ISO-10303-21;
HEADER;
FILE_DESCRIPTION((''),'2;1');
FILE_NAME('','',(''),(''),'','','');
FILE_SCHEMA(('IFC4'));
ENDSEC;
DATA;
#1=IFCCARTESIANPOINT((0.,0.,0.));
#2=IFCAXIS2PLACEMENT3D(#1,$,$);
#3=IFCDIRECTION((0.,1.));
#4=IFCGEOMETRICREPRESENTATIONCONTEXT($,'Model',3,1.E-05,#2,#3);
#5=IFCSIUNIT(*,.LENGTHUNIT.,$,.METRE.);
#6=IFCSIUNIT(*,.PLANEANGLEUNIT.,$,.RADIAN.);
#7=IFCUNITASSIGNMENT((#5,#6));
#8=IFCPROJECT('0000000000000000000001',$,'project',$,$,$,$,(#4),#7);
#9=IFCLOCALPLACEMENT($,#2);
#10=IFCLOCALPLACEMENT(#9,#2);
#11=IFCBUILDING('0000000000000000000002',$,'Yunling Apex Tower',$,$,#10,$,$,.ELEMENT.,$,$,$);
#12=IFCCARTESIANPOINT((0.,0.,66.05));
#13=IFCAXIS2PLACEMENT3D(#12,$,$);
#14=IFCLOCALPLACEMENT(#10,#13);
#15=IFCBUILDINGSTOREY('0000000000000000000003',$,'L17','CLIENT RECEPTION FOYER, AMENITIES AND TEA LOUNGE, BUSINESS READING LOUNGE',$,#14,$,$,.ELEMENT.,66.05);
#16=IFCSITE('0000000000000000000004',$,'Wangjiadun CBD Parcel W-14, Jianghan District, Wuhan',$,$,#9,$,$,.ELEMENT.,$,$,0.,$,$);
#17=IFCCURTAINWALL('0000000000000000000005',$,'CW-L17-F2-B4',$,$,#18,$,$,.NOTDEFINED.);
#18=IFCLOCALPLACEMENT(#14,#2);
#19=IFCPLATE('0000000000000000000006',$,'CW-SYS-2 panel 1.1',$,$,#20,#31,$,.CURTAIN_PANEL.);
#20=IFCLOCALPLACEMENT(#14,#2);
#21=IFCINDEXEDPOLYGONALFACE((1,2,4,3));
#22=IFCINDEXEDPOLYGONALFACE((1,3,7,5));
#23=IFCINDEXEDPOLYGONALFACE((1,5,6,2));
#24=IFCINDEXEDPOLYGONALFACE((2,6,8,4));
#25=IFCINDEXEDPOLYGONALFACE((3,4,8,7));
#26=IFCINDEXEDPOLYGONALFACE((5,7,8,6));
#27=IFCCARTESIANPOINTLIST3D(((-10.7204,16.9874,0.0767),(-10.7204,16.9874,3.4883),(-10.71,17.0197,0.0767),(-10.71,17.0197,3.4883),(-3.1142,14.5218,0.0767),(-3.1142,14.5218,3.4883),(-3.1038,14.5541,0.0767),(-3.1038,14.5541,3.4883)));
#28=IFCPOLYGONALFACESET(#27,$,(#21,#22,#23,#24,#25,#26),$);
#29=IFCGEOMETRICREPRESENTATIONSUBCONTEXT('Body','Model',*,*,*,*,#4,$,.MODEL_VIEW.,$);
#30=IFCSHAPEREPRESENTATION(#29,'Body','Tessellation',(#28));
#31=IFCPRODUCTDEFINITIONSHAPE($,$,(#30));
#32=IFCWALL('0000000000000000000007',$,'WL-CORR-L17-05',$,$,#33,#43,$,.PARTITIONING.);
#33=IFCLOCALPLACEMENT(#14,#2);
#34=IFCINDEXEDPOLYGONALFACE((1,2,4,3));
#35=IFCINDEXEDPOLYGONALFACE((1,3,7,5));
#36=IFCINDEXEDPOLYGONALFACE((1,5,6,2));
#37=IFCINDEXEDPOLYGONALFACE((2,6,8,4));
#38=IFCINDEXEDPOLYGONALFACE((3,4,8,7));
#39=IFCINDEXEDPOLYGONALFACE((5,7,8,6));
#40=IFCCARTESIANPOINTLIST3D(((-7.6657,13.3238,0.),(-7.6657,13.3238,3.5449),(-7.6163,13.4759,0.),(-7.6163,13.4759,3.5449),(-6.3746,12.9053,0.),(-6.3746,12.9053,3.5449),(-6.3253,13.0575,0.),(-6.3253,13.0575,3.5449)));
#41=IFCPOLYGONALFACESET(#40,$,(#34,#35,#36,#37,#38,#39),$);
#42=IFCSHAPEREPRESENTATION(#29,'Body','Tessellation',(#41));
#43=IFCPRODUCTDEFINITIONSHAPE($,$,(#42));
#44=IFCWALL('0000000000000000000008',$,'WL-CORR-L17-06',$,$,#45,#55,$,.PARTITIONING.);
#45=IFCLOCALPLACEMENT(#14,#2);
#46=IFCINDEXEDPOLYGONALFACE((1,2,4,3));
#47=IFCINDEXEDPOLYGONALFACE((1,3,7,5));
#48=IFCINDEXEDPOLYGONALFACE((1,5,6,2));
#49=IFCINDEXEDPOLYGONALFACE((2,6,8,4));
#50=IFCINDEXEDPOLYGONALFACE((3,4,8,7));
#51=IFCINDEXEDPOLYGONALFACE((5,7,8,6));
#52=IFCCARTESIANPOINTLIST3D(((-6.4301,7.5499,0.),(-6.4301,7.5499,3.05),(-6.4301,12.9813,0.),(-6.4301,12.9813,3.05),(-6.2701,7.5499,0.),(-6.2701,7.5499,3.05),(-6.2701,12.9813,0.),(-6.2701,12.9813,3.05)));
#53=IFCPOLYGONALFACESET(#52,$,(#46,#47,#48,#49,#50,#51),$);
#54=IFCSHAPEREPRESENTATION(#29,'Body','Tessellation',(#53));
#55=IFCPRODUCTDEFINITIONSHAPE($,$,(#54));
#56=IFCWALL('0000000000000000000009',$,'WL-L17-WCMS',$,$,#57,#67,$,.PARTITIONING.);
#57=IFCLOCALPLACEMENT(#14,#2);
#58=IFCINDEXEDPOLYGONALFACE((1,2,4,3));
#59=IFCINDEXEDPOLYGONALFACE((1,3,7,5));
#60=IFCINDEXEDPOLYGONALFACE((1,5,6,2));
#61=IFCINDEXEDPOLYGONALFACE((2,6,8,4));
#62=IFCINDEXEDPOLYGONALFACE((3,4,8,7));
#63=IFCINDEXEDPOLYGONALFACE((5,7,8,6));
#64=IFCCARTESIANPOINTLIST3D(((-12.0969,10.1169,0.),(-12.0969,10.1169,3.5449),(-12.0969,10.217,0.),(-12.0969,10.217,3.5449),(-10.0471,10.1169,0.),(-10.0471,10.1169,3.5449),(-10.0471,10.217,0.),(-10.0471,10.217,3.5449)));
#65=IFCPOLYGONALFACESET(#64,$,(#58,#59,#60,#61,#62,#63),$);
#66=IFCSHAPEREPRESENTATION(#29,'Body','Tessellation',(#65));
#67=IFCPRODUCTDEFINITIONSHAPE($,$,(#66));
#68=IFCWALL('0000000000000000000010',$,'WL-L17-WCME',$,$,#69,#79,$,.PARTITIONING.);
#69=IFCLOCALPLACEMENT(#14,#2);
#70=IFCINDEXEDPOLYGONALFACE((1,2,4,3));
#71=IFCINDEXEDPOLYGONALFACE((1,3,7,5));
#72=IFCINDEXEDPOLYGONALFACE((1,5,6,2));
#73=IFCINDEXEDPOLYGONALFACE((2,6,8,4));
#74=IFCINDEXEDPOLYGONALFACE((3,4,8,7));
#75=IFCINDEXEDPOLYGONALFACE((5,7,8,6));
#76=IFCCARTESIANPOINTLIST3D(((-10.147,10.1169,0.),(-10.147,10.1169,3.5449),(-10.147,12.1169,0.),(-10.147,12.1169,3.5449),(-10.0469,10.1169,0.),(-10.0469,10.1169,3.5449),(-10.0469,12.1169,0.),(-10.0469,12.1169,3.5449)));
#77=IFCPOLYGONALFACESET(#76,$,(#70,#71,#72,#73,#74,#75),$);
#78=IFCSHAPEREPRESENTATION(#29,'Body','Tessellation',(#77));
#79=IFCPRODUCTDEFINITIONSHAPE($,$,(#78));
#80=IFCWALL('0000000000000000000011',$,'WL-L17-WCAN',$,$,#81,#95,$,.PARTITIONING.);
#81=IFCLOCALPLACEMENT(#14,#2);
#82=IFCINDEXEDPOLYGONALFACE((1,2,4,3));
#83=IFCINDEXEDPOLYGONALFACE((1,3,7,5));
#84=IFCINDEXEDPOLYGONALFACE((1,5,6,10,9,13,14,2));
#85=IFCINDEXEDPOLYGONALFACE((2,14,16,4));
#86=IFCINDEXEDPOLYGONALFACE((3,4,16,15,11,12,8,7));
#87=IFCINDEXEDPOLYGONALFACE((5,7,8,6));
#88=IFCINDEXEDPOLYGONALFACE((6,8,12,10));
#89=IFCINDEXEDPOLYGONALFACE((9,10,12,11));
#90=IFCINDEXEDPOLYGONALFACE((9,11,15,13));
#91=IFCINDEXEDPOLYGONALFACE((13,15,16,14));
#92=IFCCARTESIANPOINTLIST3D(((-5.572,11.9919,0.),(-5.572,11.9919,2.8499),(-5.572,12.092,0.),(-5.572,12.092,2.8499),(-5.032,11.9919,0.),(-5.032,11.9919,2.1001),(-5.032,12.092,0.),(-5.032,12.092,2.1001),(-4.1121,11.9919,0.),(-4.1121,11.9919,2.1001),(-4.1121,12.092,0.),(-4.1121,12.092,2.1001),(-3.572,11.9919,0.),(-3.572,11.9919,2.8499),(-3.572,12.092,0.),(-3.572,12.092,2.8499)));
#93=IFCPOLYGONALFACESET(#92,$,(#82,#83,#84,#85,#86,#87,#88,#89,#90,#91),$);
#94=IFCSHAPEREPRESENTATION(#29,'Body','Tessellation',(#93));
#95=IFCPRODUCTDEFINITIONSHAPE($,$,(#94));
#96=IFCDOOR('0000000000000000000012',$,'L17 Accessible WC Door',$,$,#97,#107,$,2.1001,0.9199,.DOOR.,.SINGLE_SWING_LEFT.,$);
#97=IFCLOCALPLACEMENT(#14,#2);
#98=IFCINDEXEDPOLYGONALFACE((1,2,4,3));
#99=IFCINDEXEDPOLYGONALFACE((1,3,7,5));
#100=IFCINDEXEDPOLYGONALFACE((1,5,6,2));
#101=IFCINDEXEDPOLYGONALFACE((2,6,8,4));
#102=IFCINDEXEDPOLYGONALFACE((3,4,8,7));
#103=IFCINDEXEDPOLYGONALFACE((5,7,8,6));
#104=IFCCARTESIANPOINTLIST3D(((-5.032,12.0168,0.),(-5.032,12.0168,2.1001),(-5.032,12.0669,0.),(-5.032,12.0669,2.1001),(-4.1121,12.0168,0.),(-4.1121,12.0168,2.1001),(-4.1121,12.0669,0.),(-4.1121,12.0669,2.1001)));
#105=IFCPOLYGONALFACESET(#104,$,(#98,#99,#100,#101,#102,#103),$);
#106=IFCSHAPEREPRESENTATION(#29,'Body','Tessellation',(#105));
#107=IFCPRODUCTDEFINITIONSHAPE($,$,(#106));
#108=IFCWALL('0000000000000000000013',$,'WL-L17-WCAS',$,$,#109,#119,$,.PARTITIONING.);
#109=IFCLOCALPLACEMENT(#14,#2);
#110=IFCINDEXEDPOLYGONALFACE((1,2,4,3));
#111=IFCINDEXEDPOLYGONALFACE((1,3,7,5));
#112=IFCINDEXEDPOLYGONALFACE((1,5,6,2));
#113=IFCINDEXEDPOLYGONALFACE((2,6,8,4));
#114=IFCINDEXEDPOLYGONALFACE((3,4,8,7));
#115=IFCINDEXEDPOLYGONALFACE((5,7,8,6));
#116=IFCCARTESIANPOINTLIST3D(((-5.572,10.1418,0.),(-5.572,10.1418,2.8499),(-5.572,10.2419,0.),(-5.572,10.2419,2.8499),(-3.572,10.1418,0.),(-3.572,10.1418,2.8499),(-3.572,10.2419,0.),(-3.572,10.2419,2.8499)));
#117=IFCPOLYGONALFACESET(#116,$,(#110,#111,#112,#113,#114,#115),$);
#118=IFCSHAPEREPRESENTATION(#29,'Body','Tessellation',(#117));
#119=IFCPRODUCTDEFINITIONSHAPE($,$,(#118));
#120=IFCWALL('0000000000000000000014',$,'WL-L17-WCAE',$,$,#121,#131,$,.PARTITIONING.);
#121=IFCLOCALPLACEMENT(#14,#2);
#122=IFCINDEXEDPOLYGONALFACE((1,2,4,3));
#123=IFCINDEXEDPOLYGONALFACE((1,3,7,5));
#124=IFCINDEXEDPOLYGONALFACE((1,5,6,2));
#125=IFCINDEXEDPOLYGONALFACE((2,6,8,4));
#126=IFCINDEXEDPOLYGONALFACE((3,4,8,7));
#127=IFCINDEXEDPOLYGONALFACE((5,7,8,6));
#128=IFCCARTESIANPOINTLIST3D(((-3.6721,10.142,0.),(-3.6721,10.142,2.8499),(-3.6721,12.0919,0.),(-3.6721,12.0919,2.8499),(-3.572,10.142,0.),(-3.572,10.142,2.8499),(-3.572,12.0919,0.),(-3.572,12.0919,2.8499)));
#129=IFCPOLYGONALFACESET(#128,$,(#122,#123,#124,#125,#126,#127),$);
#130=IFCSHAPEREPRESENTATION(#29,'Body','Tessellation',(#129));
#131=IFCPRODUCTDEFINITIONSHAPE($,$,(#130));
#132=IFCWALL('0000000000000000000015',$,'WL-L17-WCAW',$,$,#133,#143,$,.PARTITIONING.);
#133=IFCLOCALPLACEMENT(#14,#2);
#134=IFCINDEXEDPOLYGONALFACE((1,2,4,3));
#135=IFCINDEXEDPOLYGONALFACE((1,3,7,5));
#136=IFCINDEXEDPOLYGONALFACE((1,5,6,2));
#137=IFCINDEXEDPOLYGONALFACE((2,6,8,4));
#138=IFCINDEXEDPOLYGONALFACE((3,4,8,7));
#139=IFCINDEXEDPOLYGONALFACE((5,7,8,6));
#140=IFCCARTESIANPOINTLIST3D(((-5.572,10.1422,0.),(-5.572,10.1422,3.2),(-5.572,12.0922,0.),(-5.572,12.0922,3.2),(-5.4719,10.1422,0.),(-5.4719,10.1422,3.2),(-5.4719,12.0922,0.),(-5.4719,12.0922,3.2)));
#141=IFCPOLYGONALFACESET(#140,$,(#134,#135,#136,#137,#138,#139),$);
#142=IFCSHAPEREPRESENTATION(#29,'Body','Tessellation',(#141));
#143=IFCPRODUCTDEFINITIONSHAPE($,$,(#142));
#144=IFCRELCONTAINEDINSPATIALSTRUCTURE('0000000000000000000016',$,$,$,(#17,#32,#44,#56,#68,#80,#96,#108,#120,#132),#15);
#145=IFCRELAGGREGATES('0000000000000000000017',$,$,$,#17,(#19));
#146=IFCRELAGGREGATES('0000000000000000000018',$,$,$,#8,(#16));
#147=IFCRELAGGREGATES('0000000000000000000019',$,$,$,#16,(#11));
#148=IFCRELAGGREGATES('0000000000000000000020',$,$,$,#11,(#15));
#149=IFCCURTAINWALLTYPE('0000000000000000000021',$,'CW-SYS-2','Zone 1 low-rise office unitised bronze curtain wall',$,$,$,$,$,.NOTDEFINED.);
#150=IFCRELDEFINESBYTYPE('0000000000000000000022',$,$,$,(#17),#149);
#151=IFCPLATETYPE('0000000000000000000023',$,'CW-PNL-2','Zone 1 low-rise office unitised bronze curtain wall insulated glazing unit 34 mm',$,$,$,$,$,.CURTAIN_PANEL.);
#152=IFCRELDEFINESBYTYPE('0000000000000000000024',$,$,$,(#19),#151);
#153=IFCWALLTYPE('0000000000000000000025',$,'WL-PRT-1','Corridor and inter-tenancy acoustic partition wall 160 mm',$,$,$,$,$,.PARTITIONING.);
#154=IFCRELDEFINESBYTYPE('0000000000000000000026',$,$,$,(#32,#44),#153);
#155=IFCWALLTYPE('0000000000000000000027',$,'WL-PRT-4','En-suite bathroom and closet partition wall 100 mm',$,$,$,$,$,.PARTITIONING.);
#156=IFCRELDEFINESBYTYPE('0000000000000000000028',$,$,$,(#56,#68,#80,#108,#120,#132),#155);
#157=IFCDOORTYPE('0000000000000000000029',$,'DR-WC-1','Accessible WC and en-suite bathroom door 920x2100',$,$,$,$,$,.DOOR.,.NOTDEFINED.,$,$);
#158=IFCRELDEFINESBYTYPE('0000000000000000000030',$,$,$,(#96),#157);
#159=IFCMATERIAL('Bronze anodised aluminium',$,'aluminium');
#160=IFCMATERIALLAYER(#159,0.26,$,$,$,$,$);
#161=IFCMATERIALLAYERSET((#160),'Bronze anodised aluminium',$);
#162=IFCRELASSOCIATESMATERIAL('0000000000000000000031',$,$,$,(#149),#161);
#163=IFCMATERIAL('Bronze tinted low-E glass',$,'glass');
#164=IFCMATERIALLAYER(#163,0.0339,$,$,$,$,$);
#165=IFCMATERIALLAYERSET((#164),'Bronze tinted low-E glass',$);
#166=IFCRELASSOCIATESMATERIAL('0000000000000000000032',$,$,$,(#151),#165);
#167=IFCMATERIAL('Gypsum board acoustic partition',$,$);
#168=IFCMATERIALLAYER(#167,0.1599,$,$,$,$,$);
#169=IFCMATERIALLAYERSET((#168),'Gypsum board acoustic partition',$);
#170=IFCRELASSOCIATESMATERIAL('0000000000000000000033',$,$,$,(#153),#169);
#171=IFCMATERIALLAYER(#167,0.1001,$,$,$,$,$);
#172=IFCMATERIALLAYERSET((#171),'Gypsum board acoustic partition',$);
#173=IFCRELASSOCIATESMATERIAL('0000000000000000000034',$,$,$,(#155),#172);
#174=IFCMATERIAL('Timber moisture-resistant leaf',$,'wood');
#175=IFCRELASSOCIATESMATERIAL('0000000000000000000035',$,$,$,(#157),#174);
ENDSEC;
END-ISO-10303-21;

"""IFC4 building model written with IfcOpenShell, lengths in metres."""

from ifc_helpers import new_model, si_unit, direction, frame, frame_2d, origin, origin_2d, place, context, subcontext, project, spatial, rectangle, extrude, source, transform, mapped, material, layer, layer_set, type_object, element, fill, aggregate, save


model = new_model("IFC4")

# Units and contexts
model_context = context("Model", 3, precision=1e-05, world=origin(), true_north=direction((0.0, 1.0)))
body_context = subcontext(model_context, "Body", "Model", "MODEL_VIEW")
ifc_project = project(units=[si_unit("LENGTHUNIT", "METRE"), si_unit("PLANEANGLEUNIT", "RADIAN")], contexts=[model_context])

# Site, building, storey
site_placement = place(None, origin())
site = spatial("IfcSite", under=ifc_project, at=site_placement, Name="Wangjiadun CBD Parcel W-14, Jianghan District, Wuhan", CompositionType="ELEMENT", RefElevation=0.0)
building_placement = place(site_placement, origin())
building = spatial("IfcBuilding", under=site, at=building_placement, Name="Yunling Apex Tower", CompositionType="ELEMENT")
storey_placement = place(building_placement, frame((0.0, 0.0, 66.05)))
storey = spatial("IfcBuildingStorey", under=building, at=storey_placement, Name="L17", Description="CLIENT RECEPTION FOYER, AMENITIES AND TEA LOUNGE, BUSINESS READING LOUNGE", CompositionType="ELEMENT", Elevation=66.05)

# Curtain wall, plate
ifc_material_1 = material(Name="Bronze anodised aluminium", Category="aluminium")
ifc_layer_1 = layer(ifc_material_1, 0.26)
ifc_layer_set_1 = layer_set([ifc_layer_1], Name="Bronze anodised aluminium")
curtain_wall_type = type_object("IfcCurtainWallType", Name="CW-SYS-2", Description="Zone 1 low-rise office unitised bronze curtain wall", PredefinedType="NOTDEFINED", material=ifc_layer_set_1)
curtain_wall_placement = place(storey_placement, origin())
curtain_wall = element("IfcCurtainWall", 1, at=curtain_wall_placement, inside=storey, type_object=curtain_wall_type, Name="CW-L17-F2-B4", PredefinedType="NOTDEFINED")
ifc_material_2 = material(Name="Bronze tinted low-E glass", Category="glass")
ifc_layer_2 = layer(ifc_material_2, 0.0339)
ifc_layer_set_2 = layer_set([ifc_layer_2], Name="Bronze tinted low-E glass")
plate_type = type_object("IfcPlateType", Name="CW-PNL-2", Description="Zone 1 low-rise office unitised bronze curtain wall insulated glazing unit 34 mm", PredefinedType="CURTAIN_PANEL", material=ifc_layer_set_2)
shared_shape_1 = source(origin(), body_context, "Body", "SweptSolid", [
    extrude(rectangle(XDim=7.9958, YDim=0.0339, at=origin_2d()), origin(), (0.0, 0.0, 1.0), 3.4116),
])
plate_placement = place(storey_placement, frame((-6.9121, 15.7708, 0.0767), z_axis=(0.0, 0.0, 1.0), x_axis=(-0.951271, 0.308357, 0.0)))
plate = element("IfcPlate", 2, at=plate_placement, type_object=plate_type, Name="CW-SYS-2 panel 1.1", PredefinedType="CURTAIN_PANEL", context=body_context, shape_type="MappedRepresentation", body=[
    mapped(shared_shape_1, transform((0.0, 0.0, 0.0), scale=1.0)),
])
aggregate(curtain_wall, [plate])

# Walls
ifc_material_3 = material(Name="Gypsum board acoustic partition")
ifc_layer_3 = layer(ifc_material_3, 0.1599)
ifc_layer_set_3 = layer_set([ifc_layer_3], Name="Gypsum board acoustic partition")
wall_type_1 = type_object("IfcWallType", Name="WL-PRT-1", Description="Corridor and inter-tenancy acoustic partition wall 160 mm", PredefinedType="PARTITIONING", material=ifc_layer_set_3)
wall_1_placement = place(storey_placement, frame((-7.6411, 13.3999, 0.0), z_axis=(0.0, 0.0, 1.0), x_axis=(0.951277, -0.308338, 0.0)))
element("IfcWall", 3, at=wall_1_placement, inside=storey, type_object=wall_type_1, Name="WL-CORR-L17-05", PredefinedType="PARTITIONING", context=body_context, shape_type="SweptSolid", body=[
    extrude(rectangle(XDim=1.3572, YDim=0.1599, at=frame_2d((0.6787, 0.0))), origin(), (0.0, 0.0, 1.0), 3.5449),
])
wall_2_placement = place(storey_placement, frame((-6.3501, 12.9814, 0.0), z_axis=(0.0, 0.0, 1.0), x_axis=(0.0, -1.0, 0.0)))
element("IfcWall", 4, at=wall_2_placement, inside=storey, type_object=wall_type_1, Name="WL-CORR-L17-06", PredefinedType="PARTITIONING", context=body_context, shape_type="SweptSolid", body=[
    extrude(rectangle(XDim=5.4314, YDim=0.1599, at=frame_2d((2.7158, 0.0))), origin(), (0.0, 0.0, 1.0), 3.05),
])
ifc_layer_4 = layer(ifc_material_3, 0.1001)
ifc_layer_set_4 = layer_set([ifc_layer_4], Name="Gypsum board acoustic partition")
wall_type_2 = type_object("IfcWallType", Name="WL-PRT-4", Description="En-suite bathroom and closet partition wall 100 mm", PredefinedType="PARTITIONING", material=ifc_layer_set_4)
wall_3_placement = place(storey_placement, frame((-10.0471, 10.167, 0.0), z_axis=(0.0, 0.0, 1.0), x_axis=(-1.0, 0.0, 0.0)))
element("IfcWall", 5, at=wall_3_placement, inside=storey, type_object=wall_type_2, Name="WL-L17-WCMS", PredefinedType="PARTITIONING", context=body_context, shape_type="SweptSolid", body=[
    extrude(rectangle(XDim=2.0498, YDim=0.1001, at=frame_2d((1.0249, 0.0))), origin(), (0.0, 0.0, 1.0), 3.5449),
])
wall_4_placement = place(storey_placement, frame((-10.0969, 12.1169, 0.0), z_axis=(0.0, 0.0, 1.0), x_axis=(0.0, -1.0, 0.0)))
element("IfcWall", 6, at=wall_4_placement, inside=storey, type_object=wall_type_2, Name="WL-L17-WCME", PredefinedType="PARTITIONING", context=body_context, shape_type="SweptSolid", body=[
    extrude(rectangle(XDim=2.0, YDim=0.1001, at=frame_2d((1.0, 0.0))), origin(), (0.0, 0.0, 1.0), 3.5449),
])

# Wall, opening, door
wall_5_placement = place(storey_placement, frame((-5.572, 12.042, 0.0), z_axis=(0.0, 0.0, 1.0), x_axis=(1.0, 0.0, 0.0)))
wall_5 = element("IfcWall", 7, at=wall_5_placement, inside=storey, type_object=wall_type_2, Name="WL-L17-WCAN", PredefinedType="PARTITIONING", context=body_context, shape_type="SweptSolid", body=[
    extrude(rectangle(XDim=2.0, YDim=0.1001, at=frame_2d((1.0, 0.0))), origin(), (0.0, 0.0, 1.0), 2.8499),
])
opening_placement = place(wall_5_placement, frame((0.54, 0.0, 0.0)))
opening = element("IfcOpeningElement", 8, at=opening_placement, cuts=wall_5, PredefinedType="OPENING", context=body_context, shape_type="SweptSolid", body=[
    extrude(rectangle(XDim=0.9199, YDim=2.1001, at=frame_2d((0.46, 1.05))), frame((0.0, 0.0601, 0.0), z_axis=(0.0, -1.0, 0.0), x_axis=(1.0, 0.0, 0.0)), (0.0, 0.0, 1.0), 0.1201),
])
ifc_material_4 = material(Name="Timber moisture-resistant leaf", Category="wood")
door_type = type_object("IfcDoorType", Name="DR-WC-1", Description="Accessible WC and en-suite bathroom door 920x2100", OperationType="NOTDEFINED", PredefinedType="DOOR", material=ifc_material_4)
door_placement = place(opening_placement, origin())
door = element("IfcDoor", 9, at=door_placement, inside=storey, type_object=door_type, Name="L17 Accessible WC Door", OperationType="SINGLE_SWING_LEFT", OverallHeight=2.1001, OverallWidth=0.9199, PredefinedType="DOOR", context=body_context, shape_type="SweptSolid", body=[
    extrude(rectangle(XDim=0.9199, YDim=2.1001, at=frame_2d((0.46, 1.05))), frame((0.0, 0.0249, 0.0), z_axis=(0.0, -1.0, 0.0), x_axis=(1.0, 0.0, 0.0)), (0.0, 0.0, 1.0), 0.05),
])
fill(opening, door)

# Walls
wall_6_placement = place(storey_placement, frame((-3.572, 10.1919, 0.0), z_axis=(0.0, 0.0, 1.0), x_axis=(-1.0, 0.0, 0.0)))
element("IfcWall", 10, at=wall_6_placement, inside=storey, type_object=wall_type_2, Name="WL-L17-WCAS", PredefinedType="PARTITIONING", context=body_context, shape_type="SweptSolid", body=[
    extrude(rectangle(XDim=2.0, YDim=0.1001, at=frame_2d((1.0, 0.0))), origin(), (0.0, 0.0, 1.0), 2.8499),
])
wall_7_placement = place(storey_placement, frame((-3.6221, 12.092, 0.0), z_axis=(0.0, 0.0, 1.0), x_axis=(0.0, -1.0, 0.0)))
element("IfcWall", 11, at=wall_7_placement, inside=storey, type_object=wall_type_2, Name="WL-L17-WCAE", PredefinedType="PARTITIONING", context=body_context, shape_type="SweptSolid", body=[
    extrude(rectangle(XDim=1.95, YDim=0.1001, at=frame_2d((0.9751, 0.0))), origin(), (0.0, 0.0, 1.0), 2.8499),
])
wall_8_placement = place(storey_placement, frame((-5.522, 10.1421, 0.0), z_axis=(0.0, 0.0, 1.0), x_axis=(0.0, 1.0, 0.0)))
element("IfcWall", 12, at=wall_8_placement, inside=storey, type_object=wall_type_2, Name="WL-L17-WCAW", PredefinedType="PARTITIONING", context=body_context, shape_type="SweptSolid", body=[
    extrude(rectangle(XDim=1.95, YDim=0.1001, at=frame_2d((0.9751, 0.0))), origin(), (0.0, 0.0, 1.0), 3.2),
])

save(model, "model.ifc")
